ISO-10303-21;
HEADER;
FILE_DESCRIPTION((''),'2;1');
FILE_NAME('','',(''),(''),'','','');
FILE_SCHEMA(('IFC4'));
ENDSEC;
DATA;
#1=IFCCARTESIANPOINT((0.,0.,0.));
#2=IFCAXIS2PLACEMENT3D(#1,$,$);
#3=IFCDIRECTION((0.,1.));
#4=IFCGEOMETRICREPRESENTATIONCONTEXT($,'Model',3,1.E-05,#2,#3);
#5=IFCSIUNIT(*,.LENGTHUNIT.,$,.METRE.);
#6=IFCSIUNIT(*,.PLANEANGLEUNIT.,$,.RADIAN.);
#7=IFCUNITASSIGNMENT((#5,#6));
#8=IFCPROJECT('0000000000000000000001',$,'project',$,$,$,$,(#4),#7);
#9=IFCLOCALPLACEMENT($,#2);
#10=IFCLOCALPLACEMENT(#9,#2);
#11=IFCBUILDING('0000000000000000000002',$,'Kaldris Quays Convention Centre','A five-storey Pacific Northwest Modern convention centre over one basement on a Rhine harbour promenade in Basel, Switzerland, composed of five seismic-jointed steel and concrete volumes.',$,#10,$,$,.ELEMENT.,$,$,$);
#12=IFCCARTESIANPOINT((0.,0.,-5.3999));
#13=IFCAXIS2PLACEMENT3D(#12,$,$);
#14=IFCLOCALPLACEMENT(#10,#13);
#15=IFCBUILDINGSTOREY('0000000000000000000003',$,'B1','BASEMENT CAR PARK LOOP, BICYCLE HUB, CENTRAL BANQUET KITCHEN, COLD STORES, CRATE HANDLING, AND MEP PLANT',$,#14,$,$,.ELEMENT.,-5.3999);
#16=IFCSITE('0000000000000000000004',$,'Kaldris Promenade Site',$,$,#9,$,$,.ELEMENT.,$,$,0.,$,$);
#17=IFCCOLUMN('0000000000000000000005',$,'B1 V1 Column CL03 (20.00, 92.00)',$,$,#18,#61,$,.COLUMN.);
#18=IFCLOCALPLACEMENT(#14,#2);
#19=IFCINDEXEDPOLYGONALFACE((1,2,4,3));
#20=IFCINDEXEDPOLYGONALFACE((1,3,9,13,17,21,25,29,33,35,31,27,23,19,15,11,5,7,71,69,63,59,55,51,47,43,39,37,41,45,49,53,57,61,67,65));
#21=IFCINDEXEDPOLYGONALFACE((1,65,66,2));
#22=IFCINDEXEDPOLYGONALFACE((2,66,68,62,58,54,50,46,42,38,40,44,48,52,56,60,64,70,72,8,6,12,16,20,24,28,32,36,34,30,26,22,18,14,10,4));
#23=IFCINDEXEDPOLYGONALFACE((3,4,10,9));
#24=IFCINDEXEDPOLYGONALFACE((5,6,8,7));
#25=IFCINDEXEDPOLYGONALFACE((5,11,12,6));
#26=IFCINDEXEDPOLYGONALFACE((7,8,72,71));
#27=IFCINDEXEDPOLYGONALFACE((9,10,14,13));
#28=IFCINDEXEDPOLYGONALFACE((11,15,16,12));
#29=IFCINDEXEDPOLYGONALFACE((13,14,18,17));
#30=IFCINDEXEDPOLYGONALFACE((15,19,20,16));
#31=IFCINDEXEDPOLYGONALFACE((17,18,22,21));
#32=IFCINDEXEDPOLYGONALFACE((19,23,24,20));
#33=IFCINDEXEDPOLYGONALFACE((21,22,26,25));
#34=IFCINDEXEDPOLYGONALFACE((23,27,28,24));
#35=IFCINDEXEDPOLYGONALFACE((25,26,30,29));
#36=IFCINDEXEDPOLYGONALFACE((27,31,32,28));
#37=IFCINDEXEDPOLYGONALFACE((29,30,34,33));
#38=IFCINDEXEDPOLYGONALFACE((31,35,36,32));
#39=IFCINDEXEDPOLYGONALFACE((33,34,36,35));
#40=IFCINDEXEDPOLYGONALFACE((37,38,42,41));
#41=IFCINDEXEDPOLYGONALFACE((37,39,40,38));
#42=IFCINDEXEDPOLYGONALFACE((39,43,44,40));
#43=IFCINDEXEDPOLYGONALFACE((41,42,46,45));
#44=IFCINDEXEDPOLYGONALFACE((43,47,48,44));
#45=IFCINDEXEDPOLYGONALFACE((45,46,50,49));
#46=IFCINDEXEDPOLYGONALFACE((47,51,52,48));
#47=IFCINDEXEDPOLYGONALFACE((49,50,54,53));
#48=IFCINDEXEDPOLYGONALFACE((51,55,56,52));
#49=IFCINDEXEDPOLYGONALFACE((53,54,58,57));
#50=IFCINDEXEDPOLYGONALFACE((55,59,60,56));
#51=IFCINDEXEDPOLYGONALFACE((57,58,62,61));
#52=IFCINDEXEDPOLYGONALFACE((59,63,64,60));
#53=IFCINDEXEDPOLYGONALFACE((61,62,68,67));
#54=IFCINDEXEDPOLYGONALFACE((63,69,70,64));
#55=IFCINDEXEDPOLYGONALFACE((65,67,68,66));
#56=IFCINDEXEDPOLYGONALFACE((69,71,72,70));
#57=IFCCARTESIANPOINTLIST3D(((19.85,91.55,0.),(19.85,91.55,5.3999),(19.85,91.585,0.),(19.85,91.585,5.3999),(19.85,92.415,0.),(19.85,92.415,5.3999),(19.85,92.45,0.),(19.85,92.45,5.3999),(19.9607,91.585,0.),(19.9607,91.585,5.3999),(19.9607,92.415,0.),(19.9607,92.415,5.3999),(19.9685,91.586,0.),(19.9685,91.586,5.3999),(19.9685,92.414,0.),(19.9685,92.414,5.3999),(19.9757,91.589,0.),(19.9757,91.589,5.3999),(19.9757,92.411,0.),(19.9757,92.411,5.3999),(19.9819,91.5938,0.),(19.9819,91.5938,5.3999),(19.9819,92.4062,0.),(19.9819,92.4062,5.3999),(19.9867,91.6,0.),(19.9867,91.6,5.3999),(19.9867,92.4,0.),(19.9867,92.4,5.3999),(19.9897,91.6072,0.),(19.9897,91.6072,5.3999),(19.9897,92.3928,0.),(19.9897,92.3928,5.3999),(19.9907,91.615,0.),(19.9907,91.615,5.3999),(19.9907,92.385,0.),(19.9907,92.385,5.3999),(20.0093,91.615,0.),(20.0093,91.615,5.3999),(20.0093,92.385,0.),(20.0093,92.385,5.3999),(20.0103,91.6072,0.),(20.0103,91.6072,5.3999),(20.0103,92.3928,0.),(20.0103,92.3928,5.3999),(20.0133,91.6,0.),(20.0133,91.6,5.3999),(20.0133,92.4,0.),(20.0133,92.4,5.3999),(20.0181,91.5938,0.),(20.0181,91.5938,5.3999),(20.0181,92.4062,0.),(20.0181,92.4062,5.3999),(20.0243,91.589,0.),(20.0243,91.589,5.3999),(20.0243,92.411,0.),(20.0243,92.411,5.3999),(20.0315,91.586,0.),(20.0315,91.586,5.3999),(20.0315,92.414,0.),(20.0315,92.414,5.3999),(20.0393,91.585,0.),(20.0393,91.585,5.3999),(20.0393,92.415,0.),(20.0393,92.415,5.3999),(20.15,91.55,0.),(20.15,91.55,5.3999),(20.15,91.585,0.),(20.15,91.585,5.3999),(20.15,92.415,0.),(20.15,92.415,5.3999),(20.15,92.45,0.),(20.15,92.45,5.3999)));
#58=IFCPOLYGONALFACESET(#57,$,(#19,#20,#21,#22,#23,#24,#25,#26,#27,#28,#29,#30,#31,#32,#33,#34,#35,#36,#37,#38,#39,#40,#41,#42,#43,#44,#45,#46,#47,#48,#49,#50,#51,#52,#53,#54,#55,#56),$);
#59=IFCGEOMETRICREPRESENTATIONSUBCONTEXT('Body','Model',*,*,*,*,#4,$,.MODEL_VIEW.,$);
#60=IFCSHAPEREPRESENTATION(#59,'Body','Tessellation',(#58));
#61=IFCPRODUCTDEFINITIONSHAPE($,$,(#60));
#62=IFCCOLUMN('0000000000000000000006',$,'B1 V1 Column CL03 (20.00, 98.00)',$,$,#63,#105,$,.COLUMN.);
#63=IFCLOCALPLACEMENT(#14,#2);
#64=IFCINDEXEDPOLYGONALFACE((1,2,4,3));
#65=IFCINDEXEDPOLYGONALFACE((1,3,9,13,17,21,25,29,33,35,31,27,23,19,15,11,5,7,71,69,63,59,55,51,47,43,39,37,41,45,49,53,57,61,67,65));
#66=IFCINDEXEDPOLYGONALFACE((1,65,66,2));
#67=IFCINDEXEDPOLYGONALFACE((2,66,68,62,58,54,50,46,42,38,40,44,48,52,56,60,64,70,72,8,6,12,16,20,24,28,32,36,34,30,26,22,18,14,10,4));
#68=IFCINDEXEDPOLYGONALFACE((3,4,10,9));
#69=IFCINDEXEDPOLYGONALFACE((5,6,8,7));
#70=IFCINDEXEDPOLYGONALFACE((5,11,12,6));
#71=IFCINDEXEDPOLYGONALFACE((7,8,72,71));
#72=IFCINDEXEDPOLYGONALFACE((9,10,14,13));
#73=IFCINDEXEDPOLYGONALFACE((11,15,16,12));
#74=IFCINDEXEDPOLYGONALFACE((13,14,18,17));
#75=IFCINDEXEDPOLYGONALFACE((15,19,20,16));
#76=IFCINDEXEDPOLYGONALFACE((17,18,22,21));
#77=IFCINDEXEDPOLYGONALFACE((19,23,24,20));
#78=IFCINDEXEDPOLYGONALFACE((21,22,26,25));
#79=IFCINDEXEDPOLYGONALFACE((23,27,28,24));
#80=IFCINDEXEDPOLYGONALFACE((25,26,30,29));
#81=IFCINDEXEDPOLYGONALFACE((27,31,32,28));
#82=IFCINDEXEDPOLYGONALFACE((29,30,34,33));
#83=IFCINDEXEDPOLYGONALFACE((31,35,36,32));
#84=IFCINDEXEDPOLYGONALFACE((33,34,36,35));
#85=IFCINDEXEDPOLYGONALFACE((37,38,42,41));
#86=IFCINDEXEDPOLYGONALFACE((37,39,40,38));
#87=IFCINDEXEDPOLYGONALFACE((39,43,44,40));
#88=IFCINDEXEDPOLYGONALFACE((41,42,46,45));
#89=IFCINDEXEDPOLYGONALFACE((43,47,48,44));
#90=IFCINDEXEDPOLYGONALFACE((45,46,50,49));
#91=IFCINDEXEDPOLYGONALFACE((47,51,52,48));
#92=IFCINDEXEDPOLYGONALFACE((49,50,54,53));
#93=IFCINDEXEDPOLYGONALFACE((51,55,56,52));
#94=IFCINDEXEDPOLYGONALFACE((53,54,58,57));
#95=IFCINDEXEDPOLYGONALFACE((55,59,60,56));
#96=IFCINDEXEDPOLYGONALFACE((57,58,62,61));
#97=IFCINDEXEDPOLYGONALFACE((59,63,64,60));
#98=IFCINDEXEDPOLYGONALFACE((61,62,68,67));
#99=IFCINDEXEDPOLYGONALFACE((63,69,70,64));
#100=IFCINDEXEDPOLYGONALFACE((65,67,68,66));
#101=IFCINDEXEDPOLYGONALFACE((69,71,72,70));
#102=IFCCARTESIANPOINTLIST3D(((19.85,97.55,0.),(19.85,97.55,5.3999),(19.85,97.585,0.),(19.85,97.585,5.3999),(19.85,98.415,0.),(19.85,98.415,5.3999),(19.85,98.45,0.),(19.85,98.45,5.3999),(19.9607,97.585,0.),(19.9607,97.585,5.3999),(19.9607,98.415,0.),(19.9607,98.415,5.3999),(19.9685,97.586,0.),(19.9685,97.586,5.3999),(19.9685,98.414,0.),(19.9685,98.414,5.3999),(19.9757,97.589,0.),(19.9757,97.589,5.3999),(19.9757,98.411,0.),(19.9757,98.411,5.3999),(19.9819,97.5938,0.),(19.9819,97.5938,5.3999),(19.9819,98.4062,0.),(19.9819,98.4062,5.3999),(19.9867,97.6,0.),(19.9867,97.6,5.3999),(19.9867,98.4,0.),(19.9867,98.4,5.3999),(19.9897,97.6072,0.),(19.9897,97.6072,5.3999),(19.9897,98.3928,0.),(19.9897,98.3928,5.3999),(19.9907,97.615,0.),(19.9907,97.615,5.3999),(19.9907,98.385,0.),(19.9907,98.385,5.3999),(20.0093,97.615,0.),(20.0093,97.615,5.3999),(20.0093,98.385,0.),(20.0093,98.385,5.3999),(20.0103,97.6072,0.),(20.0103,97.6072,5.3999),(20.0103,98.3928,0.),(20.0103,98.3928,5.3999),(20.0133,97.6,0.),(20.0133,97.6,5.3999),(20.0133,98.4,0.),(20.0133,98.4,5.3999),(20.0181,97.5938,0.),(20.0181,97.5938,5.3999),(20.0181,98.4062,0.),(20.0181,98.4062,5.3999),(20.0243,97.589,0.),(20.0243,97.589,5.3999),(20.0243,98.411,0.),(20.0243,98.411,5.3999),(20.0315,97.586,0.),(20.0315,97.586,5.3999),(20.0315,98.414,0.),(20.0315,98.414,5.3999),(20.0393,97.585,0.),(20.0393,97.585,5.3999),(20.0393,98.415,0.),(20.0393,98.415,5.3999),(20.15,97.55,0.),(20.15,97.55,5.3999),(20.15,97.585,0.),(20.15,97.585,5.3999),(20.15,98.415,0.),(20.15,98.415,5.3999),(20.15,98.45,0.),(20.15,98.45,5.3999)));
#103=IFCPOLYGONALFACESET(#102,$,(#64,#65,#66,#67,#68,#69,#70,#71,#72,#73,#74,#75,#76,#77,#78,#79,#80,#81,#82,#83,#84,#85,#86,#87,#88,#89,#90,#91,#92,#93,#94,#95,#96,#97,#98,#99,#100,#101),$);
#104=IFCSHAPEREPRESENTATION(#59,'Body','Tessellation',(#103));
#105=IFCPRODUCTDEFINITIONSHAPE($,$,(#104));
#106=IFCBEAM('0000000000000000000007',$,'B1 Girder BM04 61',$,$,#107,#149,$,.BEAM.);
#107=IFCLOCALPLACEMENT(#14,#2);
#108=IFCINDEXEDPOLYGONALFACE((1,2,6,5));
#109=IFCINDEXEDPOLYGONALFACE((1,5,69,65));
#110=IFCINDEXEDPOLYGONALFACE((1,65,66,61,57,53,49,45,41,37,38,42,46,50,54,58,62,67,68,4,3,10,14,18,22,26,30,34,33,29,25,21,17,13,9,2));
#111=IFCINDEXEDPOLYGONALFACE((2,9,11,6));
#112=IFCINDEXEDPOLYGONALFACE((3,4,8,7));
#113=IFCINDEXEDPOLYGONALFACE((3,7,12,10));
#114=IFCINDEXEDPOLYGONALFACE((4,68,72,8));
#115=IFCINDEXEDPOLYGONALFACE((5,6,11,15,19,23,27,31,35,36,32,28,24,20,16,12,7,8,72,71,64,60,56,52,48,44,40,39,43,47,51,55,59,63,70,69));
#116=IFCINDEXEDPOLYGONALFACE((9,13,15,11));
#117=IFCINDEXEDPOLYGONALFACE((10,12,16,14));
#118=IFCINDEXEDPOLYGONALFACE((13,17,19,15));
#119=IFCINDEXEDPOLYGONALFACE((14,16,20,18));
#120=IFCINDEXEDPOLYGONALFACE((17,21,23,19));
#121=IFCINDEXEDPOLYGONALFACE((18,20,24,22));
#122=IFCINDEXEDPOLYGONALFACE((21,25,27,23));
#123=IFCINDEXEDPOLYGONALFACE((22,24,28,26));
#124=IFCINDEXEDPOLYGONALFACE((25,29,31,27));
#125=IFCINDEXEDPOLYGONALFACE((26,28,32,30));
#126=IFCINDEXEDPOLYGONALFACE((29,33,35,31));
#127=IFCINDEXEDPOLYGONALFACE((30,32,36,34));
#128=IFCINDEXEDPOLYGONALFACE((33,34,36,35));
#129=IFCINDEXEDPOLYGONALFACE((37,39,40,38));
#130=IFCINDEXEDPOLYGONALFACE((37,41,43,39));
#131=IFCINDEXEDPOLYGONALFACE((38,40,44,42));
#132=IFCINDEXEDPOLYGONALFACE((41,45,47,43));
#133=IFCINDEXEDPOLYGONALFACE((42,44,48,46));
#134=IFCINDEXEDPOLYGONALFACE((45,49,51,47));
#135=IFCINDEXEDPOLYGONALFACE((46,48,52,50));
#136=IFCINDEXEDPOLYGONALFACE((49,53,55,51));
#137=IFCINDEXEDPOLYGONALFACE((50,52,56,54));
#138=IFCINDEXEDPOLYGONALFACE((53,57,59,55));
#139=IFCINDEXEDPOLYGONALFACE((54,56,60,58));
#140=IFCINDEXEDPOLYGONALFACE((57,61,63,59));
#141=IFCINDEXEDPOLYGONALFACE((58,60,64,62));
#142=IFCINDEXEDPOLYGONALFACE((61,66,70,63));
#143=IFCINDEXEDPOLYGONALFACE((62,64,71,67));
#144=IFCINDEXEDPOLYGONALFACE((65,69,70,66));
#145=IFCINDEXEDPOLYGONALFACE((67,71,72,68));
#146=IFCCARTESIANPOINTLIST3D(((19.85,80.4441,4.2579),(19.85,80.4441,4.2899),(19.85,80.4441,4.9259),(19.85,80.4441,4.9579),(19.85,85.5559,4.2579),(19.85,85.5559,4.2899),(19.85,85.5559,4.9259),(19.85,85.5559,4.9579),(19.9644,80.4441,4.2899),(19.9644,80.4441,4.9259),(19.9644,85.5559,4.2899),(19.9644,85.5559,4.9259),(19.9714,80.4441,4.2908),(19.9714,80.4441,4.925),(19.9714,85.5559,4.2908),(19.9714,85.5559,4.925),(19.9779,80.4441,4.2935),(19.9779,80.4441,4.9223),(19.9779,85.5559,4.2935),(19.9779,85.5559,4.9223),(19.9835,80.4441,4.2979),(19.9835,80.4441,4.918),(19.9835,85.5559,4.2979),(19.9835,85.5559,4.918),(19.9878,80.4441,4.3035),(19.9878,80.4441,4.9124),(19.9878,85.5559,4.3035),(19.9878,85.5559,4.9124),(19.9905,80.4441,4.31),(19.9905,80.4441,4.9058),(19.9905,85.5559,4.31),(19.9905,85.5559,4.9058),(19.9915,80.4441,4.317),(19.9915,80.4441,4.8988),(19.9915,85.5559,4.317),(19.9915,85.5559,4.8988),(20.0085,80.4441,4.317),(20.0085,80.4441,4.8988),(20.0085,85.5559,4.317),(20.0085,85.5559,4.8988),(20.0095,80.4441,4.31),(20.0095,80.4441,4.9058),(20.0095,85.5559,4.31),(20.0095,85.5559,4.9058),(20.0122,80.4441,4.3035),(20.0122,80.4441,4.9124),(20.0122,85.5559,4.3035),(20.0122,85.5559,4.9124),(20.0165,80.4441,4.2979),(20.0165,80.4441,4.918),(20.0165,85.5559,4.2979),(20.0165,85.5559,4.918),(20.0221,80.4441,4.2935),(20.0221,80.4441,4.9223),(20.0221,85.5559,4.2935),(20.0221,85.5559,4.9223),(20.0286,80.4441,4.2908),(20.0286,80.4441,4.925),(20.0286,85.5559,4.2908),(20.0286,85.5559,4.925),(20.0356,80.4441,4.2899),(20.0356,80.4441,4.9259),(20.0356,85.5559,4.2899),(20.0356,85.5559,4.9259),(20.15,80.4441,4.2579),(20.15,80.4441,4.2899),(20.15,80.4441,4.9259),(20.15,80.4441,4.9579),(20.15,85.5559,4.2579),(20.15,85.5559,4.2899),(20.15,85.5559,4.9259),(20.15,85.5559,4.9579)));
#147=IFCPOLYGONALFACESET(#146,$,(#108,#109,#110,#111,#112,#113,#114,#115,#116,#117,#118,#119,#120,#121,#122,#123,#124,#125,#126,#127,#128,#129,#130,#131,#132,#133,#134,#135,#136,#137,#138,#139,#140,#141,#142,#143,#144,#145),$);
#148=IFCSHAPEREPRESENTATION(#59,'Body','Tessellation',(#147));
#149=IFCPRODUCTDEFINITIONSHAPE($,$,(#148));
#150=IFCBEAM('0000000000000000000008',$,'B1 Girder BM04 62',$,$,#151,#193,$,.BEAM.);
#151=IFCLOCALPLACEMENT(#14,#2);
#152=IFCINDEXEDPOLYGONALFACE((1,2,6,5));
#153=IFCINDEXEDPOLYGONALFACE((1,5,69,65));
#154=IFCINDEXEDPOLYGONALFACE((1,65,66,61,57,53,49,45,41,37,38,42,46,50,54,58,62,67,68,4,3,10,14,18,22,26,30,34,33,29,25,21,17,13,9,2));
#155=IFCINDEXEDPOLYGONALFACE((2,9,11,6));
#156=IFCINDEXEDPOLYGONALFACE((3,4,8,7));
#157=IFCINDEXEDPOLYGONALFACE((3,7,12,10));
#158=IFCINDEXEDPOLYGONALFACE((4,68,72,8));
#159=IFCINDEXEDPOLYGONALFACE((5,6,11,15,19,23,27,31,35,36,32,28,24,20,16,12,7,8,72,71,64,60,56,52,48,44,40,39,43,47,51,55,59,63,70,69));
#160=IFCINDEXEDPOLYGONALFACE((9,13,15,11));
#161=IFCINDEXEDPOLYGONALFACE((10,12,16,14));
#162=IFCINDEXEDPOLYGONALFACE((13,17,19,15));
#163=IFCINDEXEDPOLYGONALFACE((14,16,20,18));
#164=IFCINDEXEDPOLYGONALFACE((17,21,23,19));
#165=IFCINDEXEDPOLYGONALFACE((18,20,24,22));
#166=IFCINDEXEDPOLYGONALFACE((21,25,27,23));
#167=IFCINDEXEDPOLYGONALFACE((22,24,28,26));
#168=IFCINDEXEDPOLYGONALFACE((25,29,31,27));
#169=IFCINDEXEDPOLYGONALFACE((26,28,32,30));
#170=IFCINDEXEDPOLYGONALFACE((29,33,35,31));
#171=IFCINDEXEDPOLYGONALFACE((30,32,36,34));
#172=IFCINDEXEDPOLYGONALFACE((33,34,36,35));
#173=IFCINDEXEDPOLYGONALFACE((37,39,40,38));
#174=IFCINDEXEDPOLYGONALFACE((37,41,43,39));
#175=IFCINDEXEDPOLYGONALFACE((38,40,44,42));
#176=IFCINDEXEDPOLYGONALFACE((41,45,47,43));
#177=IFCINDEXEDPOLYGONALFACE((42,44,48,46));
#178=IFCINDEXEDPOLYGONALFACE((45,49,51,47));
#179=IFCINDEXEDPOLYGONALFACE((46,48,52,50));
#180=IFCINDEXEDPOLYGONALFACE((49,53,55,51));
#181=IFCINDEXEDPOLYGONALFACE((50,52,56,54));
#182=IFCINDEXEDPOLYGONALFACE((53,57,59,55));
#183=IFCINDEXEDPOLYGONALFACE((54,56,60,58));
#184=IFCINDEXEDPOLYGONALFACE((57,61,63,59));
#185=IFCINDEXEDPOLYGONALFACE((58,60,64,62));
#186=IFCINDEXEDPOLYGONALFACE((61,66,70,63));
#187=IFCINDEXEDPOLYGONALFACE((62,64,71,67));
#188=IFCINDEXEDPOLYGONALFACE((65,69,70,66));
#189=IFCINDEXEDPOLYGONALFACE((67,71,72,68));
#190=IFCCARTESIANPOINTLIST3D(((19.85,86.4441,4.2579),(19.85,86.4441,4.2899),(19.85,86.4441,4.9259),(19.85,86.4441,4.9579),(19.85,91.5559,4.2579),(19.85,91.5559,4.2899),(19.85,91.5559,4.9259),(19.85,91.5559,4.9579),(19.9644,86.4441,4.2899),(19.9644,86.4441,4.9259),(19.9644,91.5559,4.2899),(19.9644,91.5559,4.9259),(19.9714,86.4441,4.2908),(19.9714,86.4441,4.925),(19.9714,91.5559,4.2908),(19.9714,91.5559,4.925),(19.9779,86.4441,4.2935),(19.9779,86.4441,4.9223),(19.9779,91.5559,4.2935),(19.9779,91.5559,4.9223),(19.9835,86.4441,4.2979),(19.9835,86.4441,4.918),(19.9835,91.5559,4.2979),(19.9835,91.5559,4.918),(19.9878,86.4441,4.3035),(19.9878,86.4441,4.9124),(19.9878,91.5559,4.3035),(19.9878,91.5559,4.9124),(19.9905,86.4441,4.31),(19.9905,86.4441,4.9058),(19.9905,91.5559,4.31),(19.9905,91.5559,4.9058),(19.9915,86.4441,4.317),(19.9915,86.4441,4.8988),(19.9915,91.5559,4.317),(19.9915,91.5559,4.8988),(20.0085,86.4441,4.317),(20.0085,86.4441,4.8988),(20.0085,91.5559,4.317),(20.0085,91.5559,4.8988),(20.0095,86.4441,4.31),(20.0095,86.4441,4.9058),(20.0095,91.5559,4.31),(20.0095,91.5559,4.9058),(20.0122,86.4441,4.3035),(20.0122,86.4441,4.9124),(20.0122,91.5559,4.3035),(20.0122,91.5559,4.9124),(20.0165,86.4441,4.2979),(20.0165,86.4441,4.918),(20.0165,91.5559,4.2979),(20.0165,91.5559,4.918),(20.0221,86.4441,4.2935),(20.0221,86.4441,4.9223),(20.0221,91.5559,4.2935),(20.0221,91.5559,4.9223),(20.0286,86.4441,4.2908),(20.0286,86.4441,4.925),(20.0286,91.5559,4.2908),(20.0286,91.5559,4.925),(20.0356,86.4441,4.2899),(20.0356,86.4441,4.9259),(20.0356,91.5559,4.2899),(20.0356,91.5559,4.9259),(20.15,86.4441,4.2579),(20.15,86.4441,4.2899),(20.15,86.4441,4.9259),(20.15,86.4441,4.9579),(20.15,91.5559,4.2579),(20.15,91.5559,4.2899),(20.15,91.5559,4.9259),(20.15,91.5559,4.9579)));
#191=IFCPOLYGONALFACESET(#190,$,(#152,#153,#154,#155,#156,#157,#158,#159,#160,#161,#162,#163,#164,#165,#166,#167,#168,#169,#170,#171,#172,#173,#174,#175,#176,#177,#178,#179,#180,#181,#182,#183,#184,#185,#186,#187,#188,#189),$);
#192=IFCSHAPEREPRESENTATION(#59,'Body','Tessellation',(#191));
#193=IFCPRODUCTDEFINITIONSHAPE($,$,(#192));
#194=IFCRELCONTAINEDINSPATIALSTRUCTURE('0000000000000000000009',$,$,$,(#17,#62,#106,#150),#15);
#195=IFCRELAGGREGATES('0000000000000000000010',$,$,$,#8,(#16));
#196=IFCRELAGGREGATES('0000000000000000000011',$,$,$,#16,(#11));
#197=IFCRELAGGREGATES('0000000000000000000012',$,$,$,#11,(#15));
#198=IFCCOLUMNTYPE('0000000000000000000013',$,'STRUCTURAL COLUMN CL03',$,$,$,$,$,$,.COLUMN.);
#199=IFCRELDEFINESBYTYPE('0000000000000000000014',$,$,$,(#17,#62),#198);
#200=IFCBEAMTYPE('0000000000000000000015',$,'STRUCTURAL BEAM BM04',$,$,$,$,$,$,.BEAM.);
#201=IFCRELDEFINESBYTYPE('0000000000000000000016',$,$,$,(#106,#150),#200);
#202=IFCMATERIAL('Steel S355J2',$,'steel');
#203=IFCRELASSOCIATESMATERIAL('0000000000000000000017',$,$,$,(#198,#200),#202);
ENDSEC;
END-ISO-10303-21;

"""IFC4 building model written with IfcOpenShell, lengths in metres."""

from ifc_helpers import new_model, si_unit, direction, frame, origin, origin_2d, place, context, subcontext, project, spatial, i_section, extrude, material, material_profile, profile_set, type_object, element, save


model = new_model("IFC4")

# Units and contexts
model_context = context("Model", 3, precision=1e-05, world=origin(), true_north=direction((0.0, 1.0)))
body_context = subcontext(model_context, "Body", "Model", "MODEL_VIEW")
ifc_project = project(units=[si_unit("LENGTHUNIT", "METRE"), si_unit("PLANEANGLEUNIT", "RADIAN")], contexts=[model_context])

# Site, building, storey
site_placement = place(None, origin())
site = spatial("IfcSite", under=ifc_project, at=site_placement, Name="Kaldris Promenade Site", CompositionType="ELEMENT", RefElevation=0.0)
building_placement = place(site_placement, origin())
building = spatial("IfcBuilding", under=site, at=building_placement, Name="Kaldris Quays Convention Centre", Description="A five-storey Pacific Northwest Modern convention centre over one basement on a Rhine harbour promenade in Basel, Switzerland, composed of five seismic-jointed steel and concrete volumes.", CompositionType="ELEMENT")
storey_placement = place(building_placement, frame((0.0, 0.0, -5.3999)))
storey = spatial("IfcBuildingStorey", under=building, at=storey_placement, Name="B1", Description="BASEMENT CAR PARK LOOP, BICYCLE HUB, CENTRAL BANQUET KITCHEN, COLD STORES, CRATE HANDLING, AND MEP PLANT", CompositionType="ELEMENT", Elevation=-5.3999)

# Columns
ifc_material_1 = material(Name="Steel S355J2", Category="steel")
ifc_material_profile_1 = material_profile(ifc_material_1, i_section(OverallWidth=0.3, OverallDepth=0.8999, WebThickness=0.0186, FlangeThickness=0.0349, FilletRadius=0.03, at=origin_2d()), Name="HEB 900")
ifc_profile_set_1 = profile_set([ifc_material_profile_1], Name="Steel S355J2")
column_type = type_object("IfcColumnType", Name="STRUCTURAL COLUMN CL03", PredefinedType="COLUMN", material=ifc_profile_set_1)
for number, where, z_axis, x_axis, name in (
    (1, (20.0, 92.0, 0.0), (0.0, 0.0, 1.0), (1.0, 0.0, 0.0), "B1 V1 Column CL03 (20.00, 92.00)"),
    (2, (20.0, 98.0, 0.0), (0.0, 0.0, 1.0), (1.0, 0.0, 0.0), "B1 V1 Column CL03 (20.00, 98.00)"),
):
    element("IfcColumn", number, at=place(storey_placement, frame(where, z_axis=z_axis, x_axis=x_axis)), inside=storey, type_object=column_type, Name=name, PredefinedType="COLUMN", context=body_context, shape_type="SweptSolid", body=[
        extrude(i_section(OverallWidth=0.3, OverallDepth=0.8999, WebThickness=0.0186, FlangeThickness=0.0349, FilletRadius=0.03, at=origin_2d()), origin(), (0.0, 0.0, 1.0), 5.3999),
    ])

# Beams
ifc_material_profile_2 = material_profile(ifc_material_1, i_section(OverallWidth=0.3, OverallDepth=0.7, WebThickness=0.0171, FlangeThickness=0.032, FilletRadius=0.0271, at=origin_2d()), Name="HEB 700")
ifc_profile_set_2 = profile_set([ifc_material_profile_2], Name="Steel S355J2")
beam_type = type_object("IfcBeamType", Name="STRUCTURAL BEAM BM04", PredefinedType="BEAM", material=ifc_profile_set_2)
for number, where, z_axis, x_axis, name in (
    (3, (20.0, 80.4441, 4.6079), (0.0, 1.0, 0.0), (-1.0, 0.0, 0.0), "B1 Girder BM04 61"),
    (4, (20.0, 86.4441, 4.6079), (0.0, 1.0, 0.0), (-1.0, 0.0, 0.0), "B1 Girder BM04 62"),
):
    element("IfcBeam", number, at=place(storey_placement, frame(where, z_axis=z_axis, x_axis=x_axis)), inside=storey, type_object=beam_type, Name=name, PredefinedType="BEAM", context=body_context, shape_type="SweptSolid", body=[
        extrude(i_section(OverallWidth=0.3, OverallDepth=0.7, WebThickness=0.0171, FlangeThickness=0.032, FilletRadius=0.0271, at=origin_2d()), origin(), (0.0, 0.0, 1.0), 5.1118),
    ])

save(model, "model.ifc")
